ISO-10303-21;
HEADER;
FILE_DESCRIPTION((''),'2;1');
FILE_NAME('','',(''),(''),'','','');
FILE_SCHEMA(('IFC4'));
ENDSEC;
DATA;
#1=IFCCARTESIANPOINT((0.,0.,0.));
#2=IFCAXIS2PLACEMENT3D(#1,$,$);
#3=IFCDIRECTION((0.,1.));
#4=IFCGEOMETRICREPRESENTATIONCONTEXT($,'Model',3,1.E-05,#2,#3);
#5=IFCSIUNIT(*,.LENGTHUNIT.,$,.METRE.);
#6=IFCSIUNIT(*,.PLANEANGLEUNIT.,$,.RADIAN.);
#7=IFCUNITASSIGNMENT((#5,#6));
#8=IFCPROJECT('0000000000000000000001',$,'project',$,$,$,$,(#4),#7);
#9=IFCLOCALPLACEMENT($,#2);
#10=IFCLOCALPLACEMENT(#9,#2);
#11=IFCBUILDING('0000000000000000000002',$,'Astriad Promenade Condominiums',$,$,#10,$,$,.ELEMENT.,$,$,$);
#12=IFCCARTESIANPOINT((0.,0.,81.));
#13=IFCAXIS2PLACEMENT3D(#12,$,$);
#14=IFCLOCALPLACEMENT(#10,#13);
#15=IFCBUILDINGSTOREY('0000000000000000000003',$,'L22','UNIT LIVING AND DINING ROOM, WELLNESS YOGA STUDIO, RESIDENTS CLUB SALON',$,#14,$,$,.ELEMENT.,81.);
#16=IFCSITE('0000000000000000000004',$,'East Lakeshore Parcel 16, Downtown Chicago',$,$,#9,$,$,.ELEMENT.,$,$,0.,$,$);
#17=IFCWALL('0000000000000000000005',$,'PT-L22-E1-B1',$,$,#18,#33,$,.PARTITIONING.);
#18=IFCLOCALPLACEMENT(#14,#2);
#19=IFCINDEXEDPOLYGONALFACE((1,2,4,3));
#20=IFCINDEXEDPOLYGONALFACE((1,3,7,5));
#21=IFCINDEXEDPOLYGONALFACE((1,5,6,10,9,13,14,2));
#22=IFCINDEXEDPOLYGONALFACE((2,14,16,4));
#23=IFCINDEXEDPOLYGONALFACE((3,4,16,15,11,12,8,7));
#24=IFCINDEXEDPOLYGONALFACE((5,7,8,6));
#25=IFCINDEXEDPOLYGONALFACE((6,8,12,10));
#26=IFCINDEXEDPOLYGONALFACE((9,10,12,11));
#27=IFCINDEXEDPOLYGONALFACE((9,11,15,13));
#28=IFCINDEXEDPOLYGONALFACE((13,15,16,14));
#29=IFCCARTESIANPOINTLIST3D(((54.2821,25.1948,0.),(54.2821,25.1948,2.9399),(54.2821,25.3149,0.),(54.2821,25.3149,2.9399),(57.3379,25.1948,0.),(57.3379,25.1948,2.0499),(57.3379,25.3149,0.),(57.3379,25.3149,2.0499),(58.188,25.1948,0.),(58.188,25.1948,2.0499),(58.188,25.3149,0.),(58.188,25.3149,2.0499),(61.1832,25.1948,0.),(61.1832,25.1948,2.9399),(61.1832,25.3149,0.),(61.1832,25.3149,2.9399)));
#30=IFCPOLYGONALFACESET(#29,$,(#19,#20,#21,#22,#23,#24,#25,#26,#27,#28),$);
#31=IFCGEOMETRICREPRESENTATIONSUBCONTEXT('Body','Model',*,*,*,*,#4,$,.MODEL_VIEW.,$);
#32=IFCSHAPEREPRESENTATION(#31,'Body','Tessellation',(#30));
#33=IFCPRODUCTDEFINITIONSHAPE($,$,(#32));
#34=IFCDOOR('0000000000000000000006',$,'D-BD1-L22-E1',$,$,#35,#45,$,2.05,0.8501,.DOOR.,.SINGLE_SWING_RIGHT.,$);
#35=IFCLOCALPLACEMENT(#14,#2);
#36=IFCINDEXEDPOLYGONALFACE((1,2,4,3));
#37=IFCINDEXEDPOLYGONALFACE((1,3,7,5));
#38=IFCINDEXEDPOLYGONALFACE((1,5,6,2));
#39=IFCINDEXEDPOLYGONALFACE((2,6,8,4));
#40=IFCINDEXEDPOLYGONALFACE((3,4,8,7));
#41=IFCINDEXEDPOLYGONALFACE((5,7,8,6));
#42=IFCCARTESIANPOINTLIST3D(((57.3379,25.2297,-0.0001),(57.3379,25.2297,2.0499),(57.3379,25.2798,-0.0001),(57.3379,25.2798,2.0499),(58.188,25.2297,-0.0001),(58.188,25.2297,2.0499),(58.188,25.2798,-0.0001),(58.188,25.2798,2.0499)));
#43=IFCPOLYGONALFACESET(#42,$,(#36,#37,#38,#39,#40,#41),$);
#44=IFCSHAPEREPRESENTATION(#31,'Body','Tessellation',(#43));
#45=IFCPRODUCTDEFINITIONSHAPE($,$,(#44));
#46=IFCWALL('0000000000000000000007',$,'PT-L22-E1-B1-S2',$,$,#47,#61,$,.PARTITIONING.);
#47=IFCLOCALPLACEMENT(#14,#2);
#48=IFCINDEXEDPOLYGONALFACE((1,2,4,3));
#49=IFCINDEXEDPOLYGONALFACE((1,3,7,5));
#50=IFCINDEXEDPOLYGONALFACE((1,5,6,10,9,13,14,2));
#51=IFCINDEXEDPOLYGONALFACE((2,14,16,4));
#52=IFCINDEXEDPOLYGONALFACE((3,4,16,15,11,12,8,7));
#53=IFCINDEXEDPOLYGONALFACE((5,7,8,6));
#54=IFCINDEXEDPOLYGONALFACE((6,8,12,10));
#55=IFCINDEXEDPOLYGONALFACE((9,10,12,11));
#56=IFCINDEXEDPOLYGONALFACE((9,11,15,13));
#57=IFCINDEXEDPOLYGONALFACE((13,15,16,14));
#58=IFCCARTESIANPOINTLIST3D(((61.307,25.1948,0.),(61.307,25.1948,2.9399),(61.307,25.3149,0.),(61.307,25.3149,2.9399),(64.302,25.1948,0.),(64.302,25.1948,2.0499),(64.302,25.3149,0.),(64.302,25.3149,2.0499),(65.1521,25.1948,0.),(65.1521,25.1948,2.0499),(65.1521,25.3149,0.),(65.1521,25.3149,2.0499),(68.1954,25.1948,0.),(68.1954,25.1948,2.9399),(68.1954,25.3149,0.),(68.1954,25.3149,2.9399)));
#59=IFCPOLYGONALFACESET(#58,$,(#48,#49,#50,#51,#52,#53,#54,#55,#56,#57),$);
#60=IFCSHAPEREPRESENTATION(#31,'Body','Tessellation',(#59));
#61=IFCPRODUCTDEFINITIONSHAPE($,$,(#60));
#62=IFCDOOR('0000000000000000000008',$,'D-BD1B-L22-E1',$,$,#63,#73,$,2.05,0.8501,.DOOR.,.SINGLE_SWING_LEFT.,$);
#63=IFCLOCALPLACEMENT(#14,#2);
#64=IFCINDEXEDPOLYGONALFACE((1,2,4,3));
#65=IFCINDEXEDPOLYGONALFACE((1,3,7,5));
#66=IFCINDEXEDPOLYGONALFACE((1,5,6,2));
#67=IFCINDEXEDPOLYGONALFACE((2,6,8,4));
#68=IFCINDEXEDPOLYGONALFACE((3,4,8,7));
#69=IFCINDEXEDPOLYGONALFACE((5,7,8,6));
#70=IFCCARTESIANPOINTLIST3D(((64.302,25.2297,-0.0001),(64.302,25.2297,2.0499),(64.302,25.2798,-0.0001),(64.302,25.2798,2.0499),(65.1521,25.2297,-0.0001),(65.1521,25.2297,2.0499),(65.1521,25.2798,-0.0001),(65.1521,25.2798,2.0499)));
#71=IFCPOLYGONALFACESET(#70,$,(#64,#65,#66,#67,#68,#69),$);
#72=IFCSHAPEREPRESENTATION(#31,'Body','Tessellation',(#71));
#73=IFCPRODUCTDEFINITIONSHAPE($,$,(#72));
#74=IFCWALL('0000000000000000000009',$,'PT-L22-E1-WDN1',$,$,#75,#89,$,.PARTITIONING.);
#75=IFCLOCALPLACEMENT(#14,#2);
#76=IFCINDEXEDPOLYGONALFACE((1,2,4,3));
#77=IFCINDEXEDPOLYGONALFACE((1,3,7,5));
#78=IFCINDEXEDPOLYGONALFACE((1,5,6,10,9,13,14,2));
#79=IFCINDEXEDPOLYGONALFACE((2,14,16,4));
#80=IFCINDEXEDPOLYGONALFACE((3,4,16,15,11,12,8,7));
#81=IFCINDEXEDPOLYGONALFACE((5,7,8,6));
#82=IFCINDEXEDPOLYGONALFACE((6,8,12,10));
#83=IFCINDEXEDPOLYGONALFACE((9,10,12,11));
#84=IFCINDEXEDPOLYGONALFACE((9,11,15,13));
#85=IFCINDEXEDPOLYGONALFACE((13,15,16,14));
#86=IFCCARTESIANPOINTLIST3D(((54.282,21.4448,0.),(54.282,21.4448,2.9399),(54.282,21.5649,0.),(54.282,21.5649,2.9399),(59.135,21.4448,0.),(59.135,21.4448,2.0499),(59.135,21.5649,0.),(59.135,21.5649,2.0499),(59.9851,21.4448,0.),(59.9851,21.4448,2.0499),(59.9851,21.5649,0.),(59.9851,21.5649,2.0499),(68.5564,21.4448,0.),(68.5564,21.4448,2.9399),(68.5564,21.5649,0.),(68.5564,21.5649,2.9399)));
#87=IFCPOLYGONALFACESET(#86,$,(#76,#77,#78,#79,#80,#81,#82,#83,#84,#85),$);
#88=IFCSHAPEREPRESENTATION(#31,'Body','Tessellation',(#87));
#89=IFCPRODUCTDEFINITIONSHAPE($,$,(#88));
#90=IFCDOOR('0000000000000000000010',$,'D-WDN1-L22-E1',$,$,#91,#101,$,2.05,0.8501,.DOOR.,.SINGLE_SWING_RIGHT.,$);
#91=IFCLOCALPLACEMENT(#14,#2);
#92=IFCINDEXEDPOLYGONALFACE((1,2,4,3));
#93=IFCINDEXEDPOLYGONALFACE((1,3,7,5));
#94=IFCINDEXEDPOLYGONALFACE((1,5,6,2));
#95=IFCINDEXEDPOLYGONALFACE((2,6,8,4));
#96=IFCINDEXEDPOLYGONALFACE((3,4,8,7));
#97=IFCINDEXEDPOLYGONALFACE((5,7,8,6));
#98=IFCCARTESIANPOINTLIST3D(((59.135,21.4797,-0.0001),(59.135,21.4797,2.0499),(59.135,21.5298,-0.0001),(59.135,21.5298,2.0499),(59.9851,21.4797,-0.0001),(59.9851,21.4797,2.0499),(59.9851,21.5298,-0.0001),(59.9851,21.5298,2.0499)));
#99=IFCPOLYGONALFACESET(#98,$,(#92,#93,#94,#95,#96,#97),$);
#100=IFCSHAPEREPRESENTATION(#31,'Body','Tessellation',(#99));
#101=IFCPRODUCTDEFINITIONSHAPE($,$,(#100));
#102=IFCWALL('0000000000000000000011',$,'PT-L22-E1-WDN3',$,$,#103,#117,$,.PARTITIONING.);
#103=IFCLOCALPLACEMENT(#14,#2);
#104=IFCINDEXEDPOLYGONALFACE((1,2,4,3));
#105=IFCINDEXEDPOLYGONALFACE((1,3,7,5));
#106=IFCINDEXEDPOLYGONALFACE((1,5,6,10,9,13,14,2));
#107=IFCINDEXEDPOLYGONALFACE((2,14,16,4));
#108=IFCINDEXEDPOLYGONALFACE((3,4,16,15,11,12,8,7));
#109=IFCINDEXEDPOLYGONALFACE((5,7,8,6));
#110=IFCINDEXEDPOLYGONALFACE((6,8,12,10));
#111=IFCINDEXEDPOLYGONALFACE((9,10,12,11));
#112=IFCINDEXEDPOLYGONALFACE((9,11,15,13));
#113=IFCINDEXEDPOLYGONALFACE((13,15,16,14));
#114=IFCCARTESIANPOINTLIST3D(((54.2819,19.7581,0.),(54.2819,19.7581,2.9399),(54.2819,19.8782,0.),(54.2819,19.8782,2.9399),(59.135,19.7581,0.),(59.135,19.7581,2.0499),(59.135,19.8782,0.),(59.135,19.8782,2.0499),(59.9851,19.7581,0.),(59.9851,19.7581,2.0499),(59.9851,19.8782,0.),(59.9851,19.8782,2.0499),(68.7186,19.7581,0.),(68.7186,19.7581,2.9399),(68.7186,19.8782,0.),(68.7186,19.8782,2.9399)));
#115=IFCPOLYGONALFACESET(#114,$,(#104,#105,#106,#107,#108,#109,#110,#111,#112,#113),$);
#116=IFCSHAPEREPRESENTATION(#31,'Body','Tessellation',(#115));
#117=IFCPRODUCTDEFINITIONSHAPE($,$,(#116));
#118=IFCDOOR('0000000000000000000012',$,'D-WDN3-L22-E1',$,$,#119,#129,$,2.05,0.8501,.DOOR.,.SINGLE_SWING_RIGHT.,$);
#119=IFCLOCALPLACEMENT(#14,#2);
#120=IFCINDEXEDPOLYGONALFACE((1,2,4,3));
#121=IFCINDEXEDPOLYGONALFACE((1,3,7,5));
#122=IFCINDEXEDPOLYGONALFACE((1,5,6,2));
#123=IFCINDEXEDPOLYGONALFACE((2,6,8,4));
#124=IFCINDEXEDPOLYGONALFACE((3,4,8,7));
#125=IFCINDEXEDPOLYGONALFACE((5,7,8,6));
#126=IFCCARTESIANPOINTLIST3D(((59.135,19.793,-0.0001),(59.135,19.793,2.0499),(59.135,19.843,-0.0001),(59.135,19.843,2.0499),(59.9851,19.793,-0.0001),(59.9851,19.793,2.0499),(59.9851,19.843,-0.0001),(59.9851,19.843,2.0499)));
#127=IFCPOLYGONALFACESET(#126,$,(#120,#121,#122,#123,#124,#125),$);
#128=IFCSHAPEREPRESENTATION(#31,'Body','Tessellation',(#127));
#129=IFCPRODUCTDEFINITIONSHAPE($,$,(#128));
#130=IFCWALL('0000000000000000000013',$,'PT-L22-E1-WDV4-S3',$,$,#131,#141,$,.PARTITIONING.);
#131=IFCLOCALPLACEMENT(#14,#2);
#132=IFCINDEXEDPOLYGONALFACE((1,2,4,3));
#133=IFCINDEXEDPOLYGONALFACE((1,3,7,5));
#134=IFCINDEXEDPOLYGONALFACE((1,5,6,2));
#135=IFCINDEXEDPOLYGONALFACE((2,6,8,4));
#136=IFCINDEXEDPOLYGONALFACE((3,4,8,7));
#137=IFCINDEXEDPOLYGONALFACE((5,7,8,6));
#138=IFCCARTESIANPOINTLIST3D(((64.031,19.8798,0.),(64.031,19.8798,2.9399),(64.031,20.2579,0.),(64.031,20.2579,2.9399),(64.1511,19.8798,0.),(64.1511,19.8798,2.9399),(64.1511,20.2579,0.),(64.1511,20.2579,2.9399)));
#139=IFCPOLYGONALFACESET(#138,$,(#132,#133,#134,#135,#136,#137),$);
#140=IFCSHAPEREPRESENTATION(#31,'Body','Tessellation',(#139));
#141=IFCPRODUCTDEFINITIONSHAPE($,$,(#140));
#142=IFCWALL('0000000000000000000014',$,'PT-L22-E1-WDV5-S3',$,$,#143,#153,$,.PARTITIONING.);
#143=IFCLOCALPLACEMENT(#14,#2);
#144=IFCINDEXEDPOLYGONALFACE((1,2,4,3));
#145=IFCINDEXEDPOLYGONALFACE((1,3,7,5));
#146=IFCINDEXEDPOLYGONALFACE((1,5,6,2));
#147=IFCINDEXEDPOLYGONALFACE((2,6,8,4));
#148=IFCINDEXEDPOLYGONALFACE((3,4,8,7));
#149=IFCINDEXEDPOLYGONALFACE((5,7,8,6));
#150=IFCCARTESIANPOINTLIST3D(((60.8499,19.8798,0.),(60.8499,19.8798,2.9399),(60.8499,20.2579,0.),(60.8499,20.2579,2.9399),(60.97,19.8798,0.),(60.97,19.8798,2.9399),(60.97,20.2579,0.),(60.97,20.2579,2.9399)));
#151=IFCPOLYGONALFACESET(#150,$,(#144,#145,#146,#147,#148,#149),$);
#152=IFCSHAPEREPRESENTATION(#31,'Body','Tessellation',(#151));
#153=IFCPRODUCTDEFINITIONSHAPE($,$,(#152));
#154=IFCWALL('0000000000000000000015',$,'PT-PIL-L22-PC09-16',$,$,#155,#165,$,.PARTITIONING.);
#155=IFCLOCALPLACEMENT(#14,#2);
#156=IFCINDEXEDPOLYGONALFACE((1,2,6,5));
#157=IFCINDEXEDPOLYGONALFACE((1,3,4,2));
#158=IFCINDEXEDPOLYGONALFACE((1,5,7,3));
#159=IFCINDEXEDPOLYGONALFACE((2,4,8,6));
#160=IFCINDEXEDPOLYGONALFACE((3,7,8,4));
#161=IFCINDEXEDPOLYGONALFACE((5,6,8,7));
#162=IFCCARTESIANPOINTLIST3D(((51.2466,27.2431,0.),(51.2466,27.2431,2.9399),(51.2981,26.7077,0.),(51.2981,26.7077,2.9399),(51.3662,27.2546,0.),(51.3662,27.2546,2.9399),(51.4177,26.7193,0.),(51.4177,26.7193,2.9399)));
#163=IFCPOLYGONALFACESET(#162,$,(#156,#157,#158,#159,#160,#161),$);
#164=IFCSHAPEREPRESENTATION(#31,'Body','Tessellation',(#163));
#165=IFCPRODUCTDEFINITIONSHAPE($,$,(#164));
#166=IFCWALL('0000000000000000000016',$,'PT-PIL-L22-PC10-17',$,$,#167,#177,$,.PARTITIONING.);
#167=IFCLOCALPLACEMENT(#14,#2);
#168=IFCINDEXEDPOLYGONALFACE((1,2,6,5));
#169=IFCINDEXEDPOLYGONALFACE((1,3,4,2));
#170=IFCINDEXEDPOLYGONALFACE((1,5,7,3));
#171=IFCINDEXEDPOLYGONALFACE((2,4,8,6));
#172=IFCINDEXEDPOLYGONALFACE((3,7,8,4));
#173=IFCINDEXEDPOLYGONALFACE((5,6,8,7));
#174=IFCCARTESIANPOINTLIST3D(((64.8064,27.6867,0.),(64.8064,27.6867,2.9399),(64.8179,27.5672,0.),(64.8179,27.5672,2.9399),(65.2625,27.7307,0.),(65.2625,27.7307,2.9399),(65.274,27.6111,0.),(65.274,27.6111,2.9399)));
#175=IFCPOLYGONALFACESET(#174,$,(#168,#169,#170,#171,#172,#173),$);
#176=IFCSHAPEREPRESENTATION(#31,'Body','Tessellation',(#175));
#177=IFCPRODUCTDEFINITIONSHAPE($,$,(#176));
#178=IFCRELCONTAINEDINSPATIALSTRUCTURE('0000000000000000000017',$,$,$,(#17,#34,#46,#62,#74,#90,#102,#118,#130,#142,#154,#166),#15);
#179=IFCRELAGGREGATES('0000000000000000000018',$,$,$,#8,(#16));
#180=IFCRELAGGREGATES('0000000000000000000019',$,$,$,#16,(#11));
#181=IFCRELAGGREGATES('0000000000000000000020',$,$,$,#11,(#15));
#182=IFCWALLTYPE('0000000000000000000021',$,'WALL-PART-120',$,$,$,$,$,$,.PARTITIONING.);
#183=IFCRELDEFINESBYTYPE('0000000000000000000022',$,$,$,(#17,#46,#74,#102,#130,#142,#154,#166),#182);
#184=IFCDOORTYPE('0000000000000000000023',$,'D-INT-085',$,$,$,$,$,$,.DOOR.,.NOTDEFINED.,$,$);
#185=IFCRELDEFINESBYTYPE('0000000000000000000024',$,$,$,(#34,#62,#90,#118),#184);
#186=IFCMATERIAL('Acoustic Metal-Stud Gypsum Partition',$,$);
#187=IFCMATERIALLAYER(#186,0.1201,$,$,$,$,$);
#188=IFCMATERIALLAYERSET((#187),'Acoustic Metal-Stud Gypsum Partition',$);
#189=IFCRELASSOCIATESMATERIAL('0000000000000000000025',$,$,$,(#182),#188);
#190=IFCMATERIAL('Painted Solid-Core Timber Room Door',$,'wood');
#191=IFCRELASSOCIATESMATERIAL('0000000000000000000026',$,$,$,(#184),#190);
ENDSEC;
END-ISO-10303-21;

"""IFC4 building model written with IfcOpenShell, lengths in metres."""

from ifc_helpers import new_model, si_unit, direction, frame, frame_2d, origin, place, context, subcontext, project, spatial, rectangle, extrude, source, transform, mapped, material, layer, layer_set, type_object, type_shapes, element, fill, save


model = new_model("IFC4")

# Units and contexts
model_context = context("Model", 3, precision=1e-05, world=origin(), true_north=direction((0.0, 1.0)))
body_context = subcontext(model_context, "Body", "Model", "MODEL_VIEW")
ifc_project = project(units=[si_unit("LENGTHUNIT", "METRE"), si_unit("PLANEANGLEUNIT", "RADIAN")], contexts=[model_context])

# Site, building, storey
site_placement = place(None, origin())
site = spatial("IfcSite", under=ifc_project, at=site_placement, Name="East Lakeshore Parcel 16, Downtown Chicago", CompositionType="ELEMENT", RefElevation=0.0)
building_placement = place(site_placement, origin())
building = spatial("IfcBuilding", under=site, at=building_placement, Name="Astriad Promenade Condominiums", CompositionType="ELEMENT")
storey_placement = place(building_placement, frame((0.0, 0.0, 81.0)))
storey = spatial("IfcBuildingStorey", under=building, at=storey_placement, Name="L22", Description="UNIT LIVING AND DINING ROOM, WELLNESS YOGA STUDIO, RESIDENTS CLUB SALON", CompositionType="ELEMENT", Elevation=81.0)

# Shared definitions
ifc_material_1 = material(Name="Acoustic Metal-Stud Gypsum Partition")
ifc_layer_1 = layer(ifc_material_1, 0.1201)
ifc_layer_set_1 = layer_set([ifc_layer_1], Name="Acoustic Metal-Stud Gypsum Partition")
wall_type_1 = type_object("IfcWallType", Name="WALL-PART-120", PredefinedType="PARTITIONING", material=ifc_layer_set_1)

# Walls, openings, doors
wall_1_placement = place(storey_placement, frame((54.282, 25.2549, 0.0), z_axis=(0.0, 0.0, 1.0), x_axis=(1.0, 0.0, 0.0)))
wall_1 = element("IfcWall", 1, at=wall_1_placement, inside=storey, type_object=wall_type_1, Name="PT-L22-E1-B1", PredefinedType="PARTITIONING", context=body_context, shape_type="SweptSolid", body=[
    extrude(rectangle(XDim=6.9011, YDim=0.1201, at=frame_2d((3.4507, 0.0))), origin(), (0.0, 0.0, 1.0), 2.9399),
])
opening_1_placement = place(wall_1_placement, frame((3.0559, 0.0, 0.0)))
opening_1 = element("IfcOpeningElement", 2, at=opening_1_placement, cuts=wall_1, PredefinedType="OPENING", context=body_context, shape_type="SweptSolid", body=[
    extrude(rectangle(XDim=0.8501, YDim=2.05, at=frame_2d((0.425, 1.0249))), frame((0.0, 0.0701, 0.0), z_axis=(0.0, -1.0, 0.0), x_axis=(1.0, 0.0, 0.0)), (0.0, 0.0, 1.0), 0.1401),
])
ifc_material_2 = material(Name="Painted Solid-Core Timber Room Door", Category="wood")
door_type = type_object("IfcDoorType", Name="D-INT-085", OperationType="NOTDEFINED", PredefinedType="DOOR", material=ifc_material_2)
shared_shape_1 = source(origin(), body_context, "Body", "SweptSolid", [
    extrude(rectangle(XDim=0.8501, YDim=2.05, at=frame_2d((0.425, 1.0249))), frame((0.0, 0.0249, 0.0), z_axis=(0.0, -1.0, 0.0), x_axis=(1.0, 0.0, 0.0)), (0.0, 0.0, 1.0), 0.05),
])
type_shapes(door_type, [shared_shape_1])
door_1_placement = place(opening_1_placement, origin())
door_1 = element("IfcDoor", 3, at=door_1_placement, inside=storey, type_object=door_type, Name="D-BD1-L22-E1", OperationType="SINGLE_SWING_RIGHT", OverallHeight=2.05, OverallWidth=0.8501, PredefinedType="DOOR", context=body_context, shape_type="MappedRepresentation", body=[
    mapped(shared_shape_1, transform((0.0, 0.0, 0.0), scale=1.0)),
])
fill(opening_1, door_1)
wall_2_placement = place(storey_placement, frame((61.3069, 25.2549, 0.0), z_axis=(0.0, 0.0, 1.0), x_axis=(1.0, 0.0, 0.0)))
wall_2 = element("IfcWall", 4, at=wall_2_placement, inside=storey, type_object=wall_type_1, Name="PT-L22-E1-B1-S2", PredefinedType="PARTITIONING", context=body_context, shape_type="SweptSolid", body=[
    extrude(rectangle(XDim=6.8884, YDim=0.1201, at=frame_2d((3.4443, 0.0))), origin(), (0.0, 0.0, 1.0), 2.9399),
])
opening_2_placement = place(wall_2_placement, frame((2.9951, 0.0, 0.0)))
opening_2 = element("IfcOpeningElement", 5, at=opening_2_placement, cuts=wall_2, PredefinedType="OPENING", context=body_context, shape_type="SweptSolid", body=[
    extrude(rectangle(XDim=0.8501, YDim=2.05, at=frame_2d((0.425, 1.0249))), frame((0.0, 0.0701, 0.0), z_axis=(0.0, -1.0, 0.0), x_axis=(1.0, 0.0, 0.0)), (0.0, 0.0, 1.0), 0.1401),
])
door_2_placement = place(opening_2_placement, origin())
door_2 = element("IfcDoor", 6, at=door_2_placement, inside=storey, type_object=door_type, Name="D-BD1B-L22-E1", OperationType="SINGLE_SWING_LEFT", OverallHeight=2.05, OverallWidth=0.8501, PredefinedType="DOOR", context=body_context, shape_type="MappedRepresentation", body=[
    mapped(shared_shape_1, transform((0.0, 0.0, 0.0), scale=1.0)),
])
fill(opening_2, door_2)
wall_3_placement = place(storey_placement, frame((54.282, 21.5049, 0.0), z_axis=(0.0, 0.0, 1.0), x_axis=(1.0, 0.0, 0.0)))
wall_3 = element("IfcWall", 7, at=wall_3_placement, inside=storey, type_object=wall_type_1, Name="PT-L22-E1-WDN1", PredefinedType="PARTITIONING", context=body_context, shape_type="SweptSolid", body=[
    extrude(rectangle(XDim=14.2744, YDim=0.1201, at=frame_2d((7.1372, 0.0))), origin(), (0.0, 0.0, 1.0), 2.9399),
])
opening_3_placement = place(wall_3_placement, frame((4.853, 0.0, 0.0)))
opening_3 = element("IfcOpeningElement", 8, at=opening_3_placement, cuts=wall_3, PredefinedType="OPENING", context=body_context, shape_type="SweptSolid", body=[
    extrude(rectangle(XDim=0.8501, YDim=2.05, at=frame_2d((0.425, 1.0249))), frame((0.0, 0.0701, 0.0), z_axis=(0.0, -1.0, 0.0), x_axis=(1.0, 0.0, 0.0)), (0.0, 0.0, 1.0), 0.1401),
])
door_3_placement = place(opening_3_placement, origin())
door_3 = element("IfcDoor", 9, at=door_3_placement, inside=storey, type_object=door_type, Name="D-WDN1-L22-E1", OperationType="SINGLE_SWING_RIGHT", OverallHeight=2.05, OverallWidth=0.8501, PredefinedType="DOOR", context=body_context, shape_type="MappedRepresentation", body=[
    mapped(shared_shape_1, transform((0.0, 0.0, 0.0), scale=1.0)),
])
fill(opening_3, door_3)
wall_4_placement = place(storey_placement, frame((54.282, 19.8181, 0.0), z_axis=(0.0, 0.0, 1.0), x_axis=(1.0, 0.0, 0.0)))
wall_4 = element("IfcWall", 10, at=wall_4_placement, inside=storey, type_object=wall_type_1, Name="PT-L22-E1-WDN3", PredefinedType="PARTITIONING", context=body_context, shape_type="SweptSolid", body=[
    extrude(rectangle(XDim=14.4368, YDim=0.1201, at=frame_2d((7.2183, 0.0))), origin(), (0.0, 0.0, 1.0), 2.9399),
])
opening_4_placement = place(wall_4_placement, frame((4.853, 0.0, 0.0)))
opening_4 = element("IfcOpeningElement", 11, at=opening_4_placement, cuts=wall_4, PredefinedType="OPENING", context=body_context, shape_type="SweptSolid", body=[
    extrude(rectangle(XDim=0.8501, YDim=2.05, at=frame_2d((0.425, 1.0249))), frame((0.0, 0.0701, 0.0), z_axis=(0.0, -1.0, 0.0), x_axis=(1.0, 0.0, 0.0)), (0.0, 0.0, 1.0), 0.1401),
])
door_4_placement = place(opening_4_placement, origin())
door_4 = element("IfcDoor", 12, at=door_4_placement, inside=storey, type_object=door_type, Name="D-WDN3-L22-E1", OperationType="SINGLE_SWING_RIGHT", OverallHeight=2.05, OverallWidth=0.8501, PredefinedType="DOOR", context=body_context, shape_type="MappedRepresentation", body=[
    mapped(shared_shape_1, transform((0.0, 0.0, 0.0), scale=1.0)),
])
fill(opening_4, door_4)

# Walls
for number, where, z_axis, x_axis, name in (
    (13, (64.0911, 19.8799, 0.0), (0.0, 0.0, 1.0), (0.0, 1.0, 0.0), "PT-L22-E1-WDV4-S3"),
    (14, (60.9099, 19.8799, 0.0), (0.0, 0.0, 1.0), (0.0, 1.0, 0.0), "PT-L22-E1-WDV5-S3"),
):
    element("IfcWall", number, at=place(storey_placement, frame(where, z_axis=z_axis, x_axis=x_axis)), inside=storey, type_object=wall_type_1, Name=name, PredefinedType="PARTITIONING", context=body_context, shape_type="SweptSolid", body=[
        extrude(rectangle(XDim=0.3782, YDim=0.1201, at=frame_2d((0.189, 0.0))), origin(), (0.0, 0.0, 1.0), 2.9399),
    ])
wall_5_placement = place(storey_placement, frame((51.3579, 26.7134, 0.0), z_axis=(0.0, 0.0, 1.0), x_axis=(-0.095773, 0.995403, 0.0)))
element("IfcWall", 15, at=wall_5_placement, inside=storey, type_object=wall_type_1, Name="PT-PIL-L22-PC09-16", PredefinedType="PARTITIONING", context=body_context, shape_type="SweptSolid", body=[
    extrude(rectangle(XDim=0.5378, YDim=0.1201, at=frame_2d((0.269, 0.0))), origin(), (0.0, 0.0, 1.0), 2.9399),
])
wall_6_placement = place(storey_placement, frame((64.8123, 27.627, 0.0), z_axis=(0.0, 0.0, 1.0), x_axis=(0.995389, 0.095915, 0.0)))
element("IfcWall", 16, at=wall_6_placement, inside=storey, type_object=wall_type_1, Name="PT-PIL-L22-PC10-17", PredefinedType="PARTITIONING", context=body_context, shape_type="SweptSolid", body=[
    extrude(rectangle(XDim=0.4583, YDim=0.1201, at=frame_2d((0.229, 0.0))), origin(), (0.0, 0.0, 1.0), 2.9399),
])

save(model, "model.ifc")
